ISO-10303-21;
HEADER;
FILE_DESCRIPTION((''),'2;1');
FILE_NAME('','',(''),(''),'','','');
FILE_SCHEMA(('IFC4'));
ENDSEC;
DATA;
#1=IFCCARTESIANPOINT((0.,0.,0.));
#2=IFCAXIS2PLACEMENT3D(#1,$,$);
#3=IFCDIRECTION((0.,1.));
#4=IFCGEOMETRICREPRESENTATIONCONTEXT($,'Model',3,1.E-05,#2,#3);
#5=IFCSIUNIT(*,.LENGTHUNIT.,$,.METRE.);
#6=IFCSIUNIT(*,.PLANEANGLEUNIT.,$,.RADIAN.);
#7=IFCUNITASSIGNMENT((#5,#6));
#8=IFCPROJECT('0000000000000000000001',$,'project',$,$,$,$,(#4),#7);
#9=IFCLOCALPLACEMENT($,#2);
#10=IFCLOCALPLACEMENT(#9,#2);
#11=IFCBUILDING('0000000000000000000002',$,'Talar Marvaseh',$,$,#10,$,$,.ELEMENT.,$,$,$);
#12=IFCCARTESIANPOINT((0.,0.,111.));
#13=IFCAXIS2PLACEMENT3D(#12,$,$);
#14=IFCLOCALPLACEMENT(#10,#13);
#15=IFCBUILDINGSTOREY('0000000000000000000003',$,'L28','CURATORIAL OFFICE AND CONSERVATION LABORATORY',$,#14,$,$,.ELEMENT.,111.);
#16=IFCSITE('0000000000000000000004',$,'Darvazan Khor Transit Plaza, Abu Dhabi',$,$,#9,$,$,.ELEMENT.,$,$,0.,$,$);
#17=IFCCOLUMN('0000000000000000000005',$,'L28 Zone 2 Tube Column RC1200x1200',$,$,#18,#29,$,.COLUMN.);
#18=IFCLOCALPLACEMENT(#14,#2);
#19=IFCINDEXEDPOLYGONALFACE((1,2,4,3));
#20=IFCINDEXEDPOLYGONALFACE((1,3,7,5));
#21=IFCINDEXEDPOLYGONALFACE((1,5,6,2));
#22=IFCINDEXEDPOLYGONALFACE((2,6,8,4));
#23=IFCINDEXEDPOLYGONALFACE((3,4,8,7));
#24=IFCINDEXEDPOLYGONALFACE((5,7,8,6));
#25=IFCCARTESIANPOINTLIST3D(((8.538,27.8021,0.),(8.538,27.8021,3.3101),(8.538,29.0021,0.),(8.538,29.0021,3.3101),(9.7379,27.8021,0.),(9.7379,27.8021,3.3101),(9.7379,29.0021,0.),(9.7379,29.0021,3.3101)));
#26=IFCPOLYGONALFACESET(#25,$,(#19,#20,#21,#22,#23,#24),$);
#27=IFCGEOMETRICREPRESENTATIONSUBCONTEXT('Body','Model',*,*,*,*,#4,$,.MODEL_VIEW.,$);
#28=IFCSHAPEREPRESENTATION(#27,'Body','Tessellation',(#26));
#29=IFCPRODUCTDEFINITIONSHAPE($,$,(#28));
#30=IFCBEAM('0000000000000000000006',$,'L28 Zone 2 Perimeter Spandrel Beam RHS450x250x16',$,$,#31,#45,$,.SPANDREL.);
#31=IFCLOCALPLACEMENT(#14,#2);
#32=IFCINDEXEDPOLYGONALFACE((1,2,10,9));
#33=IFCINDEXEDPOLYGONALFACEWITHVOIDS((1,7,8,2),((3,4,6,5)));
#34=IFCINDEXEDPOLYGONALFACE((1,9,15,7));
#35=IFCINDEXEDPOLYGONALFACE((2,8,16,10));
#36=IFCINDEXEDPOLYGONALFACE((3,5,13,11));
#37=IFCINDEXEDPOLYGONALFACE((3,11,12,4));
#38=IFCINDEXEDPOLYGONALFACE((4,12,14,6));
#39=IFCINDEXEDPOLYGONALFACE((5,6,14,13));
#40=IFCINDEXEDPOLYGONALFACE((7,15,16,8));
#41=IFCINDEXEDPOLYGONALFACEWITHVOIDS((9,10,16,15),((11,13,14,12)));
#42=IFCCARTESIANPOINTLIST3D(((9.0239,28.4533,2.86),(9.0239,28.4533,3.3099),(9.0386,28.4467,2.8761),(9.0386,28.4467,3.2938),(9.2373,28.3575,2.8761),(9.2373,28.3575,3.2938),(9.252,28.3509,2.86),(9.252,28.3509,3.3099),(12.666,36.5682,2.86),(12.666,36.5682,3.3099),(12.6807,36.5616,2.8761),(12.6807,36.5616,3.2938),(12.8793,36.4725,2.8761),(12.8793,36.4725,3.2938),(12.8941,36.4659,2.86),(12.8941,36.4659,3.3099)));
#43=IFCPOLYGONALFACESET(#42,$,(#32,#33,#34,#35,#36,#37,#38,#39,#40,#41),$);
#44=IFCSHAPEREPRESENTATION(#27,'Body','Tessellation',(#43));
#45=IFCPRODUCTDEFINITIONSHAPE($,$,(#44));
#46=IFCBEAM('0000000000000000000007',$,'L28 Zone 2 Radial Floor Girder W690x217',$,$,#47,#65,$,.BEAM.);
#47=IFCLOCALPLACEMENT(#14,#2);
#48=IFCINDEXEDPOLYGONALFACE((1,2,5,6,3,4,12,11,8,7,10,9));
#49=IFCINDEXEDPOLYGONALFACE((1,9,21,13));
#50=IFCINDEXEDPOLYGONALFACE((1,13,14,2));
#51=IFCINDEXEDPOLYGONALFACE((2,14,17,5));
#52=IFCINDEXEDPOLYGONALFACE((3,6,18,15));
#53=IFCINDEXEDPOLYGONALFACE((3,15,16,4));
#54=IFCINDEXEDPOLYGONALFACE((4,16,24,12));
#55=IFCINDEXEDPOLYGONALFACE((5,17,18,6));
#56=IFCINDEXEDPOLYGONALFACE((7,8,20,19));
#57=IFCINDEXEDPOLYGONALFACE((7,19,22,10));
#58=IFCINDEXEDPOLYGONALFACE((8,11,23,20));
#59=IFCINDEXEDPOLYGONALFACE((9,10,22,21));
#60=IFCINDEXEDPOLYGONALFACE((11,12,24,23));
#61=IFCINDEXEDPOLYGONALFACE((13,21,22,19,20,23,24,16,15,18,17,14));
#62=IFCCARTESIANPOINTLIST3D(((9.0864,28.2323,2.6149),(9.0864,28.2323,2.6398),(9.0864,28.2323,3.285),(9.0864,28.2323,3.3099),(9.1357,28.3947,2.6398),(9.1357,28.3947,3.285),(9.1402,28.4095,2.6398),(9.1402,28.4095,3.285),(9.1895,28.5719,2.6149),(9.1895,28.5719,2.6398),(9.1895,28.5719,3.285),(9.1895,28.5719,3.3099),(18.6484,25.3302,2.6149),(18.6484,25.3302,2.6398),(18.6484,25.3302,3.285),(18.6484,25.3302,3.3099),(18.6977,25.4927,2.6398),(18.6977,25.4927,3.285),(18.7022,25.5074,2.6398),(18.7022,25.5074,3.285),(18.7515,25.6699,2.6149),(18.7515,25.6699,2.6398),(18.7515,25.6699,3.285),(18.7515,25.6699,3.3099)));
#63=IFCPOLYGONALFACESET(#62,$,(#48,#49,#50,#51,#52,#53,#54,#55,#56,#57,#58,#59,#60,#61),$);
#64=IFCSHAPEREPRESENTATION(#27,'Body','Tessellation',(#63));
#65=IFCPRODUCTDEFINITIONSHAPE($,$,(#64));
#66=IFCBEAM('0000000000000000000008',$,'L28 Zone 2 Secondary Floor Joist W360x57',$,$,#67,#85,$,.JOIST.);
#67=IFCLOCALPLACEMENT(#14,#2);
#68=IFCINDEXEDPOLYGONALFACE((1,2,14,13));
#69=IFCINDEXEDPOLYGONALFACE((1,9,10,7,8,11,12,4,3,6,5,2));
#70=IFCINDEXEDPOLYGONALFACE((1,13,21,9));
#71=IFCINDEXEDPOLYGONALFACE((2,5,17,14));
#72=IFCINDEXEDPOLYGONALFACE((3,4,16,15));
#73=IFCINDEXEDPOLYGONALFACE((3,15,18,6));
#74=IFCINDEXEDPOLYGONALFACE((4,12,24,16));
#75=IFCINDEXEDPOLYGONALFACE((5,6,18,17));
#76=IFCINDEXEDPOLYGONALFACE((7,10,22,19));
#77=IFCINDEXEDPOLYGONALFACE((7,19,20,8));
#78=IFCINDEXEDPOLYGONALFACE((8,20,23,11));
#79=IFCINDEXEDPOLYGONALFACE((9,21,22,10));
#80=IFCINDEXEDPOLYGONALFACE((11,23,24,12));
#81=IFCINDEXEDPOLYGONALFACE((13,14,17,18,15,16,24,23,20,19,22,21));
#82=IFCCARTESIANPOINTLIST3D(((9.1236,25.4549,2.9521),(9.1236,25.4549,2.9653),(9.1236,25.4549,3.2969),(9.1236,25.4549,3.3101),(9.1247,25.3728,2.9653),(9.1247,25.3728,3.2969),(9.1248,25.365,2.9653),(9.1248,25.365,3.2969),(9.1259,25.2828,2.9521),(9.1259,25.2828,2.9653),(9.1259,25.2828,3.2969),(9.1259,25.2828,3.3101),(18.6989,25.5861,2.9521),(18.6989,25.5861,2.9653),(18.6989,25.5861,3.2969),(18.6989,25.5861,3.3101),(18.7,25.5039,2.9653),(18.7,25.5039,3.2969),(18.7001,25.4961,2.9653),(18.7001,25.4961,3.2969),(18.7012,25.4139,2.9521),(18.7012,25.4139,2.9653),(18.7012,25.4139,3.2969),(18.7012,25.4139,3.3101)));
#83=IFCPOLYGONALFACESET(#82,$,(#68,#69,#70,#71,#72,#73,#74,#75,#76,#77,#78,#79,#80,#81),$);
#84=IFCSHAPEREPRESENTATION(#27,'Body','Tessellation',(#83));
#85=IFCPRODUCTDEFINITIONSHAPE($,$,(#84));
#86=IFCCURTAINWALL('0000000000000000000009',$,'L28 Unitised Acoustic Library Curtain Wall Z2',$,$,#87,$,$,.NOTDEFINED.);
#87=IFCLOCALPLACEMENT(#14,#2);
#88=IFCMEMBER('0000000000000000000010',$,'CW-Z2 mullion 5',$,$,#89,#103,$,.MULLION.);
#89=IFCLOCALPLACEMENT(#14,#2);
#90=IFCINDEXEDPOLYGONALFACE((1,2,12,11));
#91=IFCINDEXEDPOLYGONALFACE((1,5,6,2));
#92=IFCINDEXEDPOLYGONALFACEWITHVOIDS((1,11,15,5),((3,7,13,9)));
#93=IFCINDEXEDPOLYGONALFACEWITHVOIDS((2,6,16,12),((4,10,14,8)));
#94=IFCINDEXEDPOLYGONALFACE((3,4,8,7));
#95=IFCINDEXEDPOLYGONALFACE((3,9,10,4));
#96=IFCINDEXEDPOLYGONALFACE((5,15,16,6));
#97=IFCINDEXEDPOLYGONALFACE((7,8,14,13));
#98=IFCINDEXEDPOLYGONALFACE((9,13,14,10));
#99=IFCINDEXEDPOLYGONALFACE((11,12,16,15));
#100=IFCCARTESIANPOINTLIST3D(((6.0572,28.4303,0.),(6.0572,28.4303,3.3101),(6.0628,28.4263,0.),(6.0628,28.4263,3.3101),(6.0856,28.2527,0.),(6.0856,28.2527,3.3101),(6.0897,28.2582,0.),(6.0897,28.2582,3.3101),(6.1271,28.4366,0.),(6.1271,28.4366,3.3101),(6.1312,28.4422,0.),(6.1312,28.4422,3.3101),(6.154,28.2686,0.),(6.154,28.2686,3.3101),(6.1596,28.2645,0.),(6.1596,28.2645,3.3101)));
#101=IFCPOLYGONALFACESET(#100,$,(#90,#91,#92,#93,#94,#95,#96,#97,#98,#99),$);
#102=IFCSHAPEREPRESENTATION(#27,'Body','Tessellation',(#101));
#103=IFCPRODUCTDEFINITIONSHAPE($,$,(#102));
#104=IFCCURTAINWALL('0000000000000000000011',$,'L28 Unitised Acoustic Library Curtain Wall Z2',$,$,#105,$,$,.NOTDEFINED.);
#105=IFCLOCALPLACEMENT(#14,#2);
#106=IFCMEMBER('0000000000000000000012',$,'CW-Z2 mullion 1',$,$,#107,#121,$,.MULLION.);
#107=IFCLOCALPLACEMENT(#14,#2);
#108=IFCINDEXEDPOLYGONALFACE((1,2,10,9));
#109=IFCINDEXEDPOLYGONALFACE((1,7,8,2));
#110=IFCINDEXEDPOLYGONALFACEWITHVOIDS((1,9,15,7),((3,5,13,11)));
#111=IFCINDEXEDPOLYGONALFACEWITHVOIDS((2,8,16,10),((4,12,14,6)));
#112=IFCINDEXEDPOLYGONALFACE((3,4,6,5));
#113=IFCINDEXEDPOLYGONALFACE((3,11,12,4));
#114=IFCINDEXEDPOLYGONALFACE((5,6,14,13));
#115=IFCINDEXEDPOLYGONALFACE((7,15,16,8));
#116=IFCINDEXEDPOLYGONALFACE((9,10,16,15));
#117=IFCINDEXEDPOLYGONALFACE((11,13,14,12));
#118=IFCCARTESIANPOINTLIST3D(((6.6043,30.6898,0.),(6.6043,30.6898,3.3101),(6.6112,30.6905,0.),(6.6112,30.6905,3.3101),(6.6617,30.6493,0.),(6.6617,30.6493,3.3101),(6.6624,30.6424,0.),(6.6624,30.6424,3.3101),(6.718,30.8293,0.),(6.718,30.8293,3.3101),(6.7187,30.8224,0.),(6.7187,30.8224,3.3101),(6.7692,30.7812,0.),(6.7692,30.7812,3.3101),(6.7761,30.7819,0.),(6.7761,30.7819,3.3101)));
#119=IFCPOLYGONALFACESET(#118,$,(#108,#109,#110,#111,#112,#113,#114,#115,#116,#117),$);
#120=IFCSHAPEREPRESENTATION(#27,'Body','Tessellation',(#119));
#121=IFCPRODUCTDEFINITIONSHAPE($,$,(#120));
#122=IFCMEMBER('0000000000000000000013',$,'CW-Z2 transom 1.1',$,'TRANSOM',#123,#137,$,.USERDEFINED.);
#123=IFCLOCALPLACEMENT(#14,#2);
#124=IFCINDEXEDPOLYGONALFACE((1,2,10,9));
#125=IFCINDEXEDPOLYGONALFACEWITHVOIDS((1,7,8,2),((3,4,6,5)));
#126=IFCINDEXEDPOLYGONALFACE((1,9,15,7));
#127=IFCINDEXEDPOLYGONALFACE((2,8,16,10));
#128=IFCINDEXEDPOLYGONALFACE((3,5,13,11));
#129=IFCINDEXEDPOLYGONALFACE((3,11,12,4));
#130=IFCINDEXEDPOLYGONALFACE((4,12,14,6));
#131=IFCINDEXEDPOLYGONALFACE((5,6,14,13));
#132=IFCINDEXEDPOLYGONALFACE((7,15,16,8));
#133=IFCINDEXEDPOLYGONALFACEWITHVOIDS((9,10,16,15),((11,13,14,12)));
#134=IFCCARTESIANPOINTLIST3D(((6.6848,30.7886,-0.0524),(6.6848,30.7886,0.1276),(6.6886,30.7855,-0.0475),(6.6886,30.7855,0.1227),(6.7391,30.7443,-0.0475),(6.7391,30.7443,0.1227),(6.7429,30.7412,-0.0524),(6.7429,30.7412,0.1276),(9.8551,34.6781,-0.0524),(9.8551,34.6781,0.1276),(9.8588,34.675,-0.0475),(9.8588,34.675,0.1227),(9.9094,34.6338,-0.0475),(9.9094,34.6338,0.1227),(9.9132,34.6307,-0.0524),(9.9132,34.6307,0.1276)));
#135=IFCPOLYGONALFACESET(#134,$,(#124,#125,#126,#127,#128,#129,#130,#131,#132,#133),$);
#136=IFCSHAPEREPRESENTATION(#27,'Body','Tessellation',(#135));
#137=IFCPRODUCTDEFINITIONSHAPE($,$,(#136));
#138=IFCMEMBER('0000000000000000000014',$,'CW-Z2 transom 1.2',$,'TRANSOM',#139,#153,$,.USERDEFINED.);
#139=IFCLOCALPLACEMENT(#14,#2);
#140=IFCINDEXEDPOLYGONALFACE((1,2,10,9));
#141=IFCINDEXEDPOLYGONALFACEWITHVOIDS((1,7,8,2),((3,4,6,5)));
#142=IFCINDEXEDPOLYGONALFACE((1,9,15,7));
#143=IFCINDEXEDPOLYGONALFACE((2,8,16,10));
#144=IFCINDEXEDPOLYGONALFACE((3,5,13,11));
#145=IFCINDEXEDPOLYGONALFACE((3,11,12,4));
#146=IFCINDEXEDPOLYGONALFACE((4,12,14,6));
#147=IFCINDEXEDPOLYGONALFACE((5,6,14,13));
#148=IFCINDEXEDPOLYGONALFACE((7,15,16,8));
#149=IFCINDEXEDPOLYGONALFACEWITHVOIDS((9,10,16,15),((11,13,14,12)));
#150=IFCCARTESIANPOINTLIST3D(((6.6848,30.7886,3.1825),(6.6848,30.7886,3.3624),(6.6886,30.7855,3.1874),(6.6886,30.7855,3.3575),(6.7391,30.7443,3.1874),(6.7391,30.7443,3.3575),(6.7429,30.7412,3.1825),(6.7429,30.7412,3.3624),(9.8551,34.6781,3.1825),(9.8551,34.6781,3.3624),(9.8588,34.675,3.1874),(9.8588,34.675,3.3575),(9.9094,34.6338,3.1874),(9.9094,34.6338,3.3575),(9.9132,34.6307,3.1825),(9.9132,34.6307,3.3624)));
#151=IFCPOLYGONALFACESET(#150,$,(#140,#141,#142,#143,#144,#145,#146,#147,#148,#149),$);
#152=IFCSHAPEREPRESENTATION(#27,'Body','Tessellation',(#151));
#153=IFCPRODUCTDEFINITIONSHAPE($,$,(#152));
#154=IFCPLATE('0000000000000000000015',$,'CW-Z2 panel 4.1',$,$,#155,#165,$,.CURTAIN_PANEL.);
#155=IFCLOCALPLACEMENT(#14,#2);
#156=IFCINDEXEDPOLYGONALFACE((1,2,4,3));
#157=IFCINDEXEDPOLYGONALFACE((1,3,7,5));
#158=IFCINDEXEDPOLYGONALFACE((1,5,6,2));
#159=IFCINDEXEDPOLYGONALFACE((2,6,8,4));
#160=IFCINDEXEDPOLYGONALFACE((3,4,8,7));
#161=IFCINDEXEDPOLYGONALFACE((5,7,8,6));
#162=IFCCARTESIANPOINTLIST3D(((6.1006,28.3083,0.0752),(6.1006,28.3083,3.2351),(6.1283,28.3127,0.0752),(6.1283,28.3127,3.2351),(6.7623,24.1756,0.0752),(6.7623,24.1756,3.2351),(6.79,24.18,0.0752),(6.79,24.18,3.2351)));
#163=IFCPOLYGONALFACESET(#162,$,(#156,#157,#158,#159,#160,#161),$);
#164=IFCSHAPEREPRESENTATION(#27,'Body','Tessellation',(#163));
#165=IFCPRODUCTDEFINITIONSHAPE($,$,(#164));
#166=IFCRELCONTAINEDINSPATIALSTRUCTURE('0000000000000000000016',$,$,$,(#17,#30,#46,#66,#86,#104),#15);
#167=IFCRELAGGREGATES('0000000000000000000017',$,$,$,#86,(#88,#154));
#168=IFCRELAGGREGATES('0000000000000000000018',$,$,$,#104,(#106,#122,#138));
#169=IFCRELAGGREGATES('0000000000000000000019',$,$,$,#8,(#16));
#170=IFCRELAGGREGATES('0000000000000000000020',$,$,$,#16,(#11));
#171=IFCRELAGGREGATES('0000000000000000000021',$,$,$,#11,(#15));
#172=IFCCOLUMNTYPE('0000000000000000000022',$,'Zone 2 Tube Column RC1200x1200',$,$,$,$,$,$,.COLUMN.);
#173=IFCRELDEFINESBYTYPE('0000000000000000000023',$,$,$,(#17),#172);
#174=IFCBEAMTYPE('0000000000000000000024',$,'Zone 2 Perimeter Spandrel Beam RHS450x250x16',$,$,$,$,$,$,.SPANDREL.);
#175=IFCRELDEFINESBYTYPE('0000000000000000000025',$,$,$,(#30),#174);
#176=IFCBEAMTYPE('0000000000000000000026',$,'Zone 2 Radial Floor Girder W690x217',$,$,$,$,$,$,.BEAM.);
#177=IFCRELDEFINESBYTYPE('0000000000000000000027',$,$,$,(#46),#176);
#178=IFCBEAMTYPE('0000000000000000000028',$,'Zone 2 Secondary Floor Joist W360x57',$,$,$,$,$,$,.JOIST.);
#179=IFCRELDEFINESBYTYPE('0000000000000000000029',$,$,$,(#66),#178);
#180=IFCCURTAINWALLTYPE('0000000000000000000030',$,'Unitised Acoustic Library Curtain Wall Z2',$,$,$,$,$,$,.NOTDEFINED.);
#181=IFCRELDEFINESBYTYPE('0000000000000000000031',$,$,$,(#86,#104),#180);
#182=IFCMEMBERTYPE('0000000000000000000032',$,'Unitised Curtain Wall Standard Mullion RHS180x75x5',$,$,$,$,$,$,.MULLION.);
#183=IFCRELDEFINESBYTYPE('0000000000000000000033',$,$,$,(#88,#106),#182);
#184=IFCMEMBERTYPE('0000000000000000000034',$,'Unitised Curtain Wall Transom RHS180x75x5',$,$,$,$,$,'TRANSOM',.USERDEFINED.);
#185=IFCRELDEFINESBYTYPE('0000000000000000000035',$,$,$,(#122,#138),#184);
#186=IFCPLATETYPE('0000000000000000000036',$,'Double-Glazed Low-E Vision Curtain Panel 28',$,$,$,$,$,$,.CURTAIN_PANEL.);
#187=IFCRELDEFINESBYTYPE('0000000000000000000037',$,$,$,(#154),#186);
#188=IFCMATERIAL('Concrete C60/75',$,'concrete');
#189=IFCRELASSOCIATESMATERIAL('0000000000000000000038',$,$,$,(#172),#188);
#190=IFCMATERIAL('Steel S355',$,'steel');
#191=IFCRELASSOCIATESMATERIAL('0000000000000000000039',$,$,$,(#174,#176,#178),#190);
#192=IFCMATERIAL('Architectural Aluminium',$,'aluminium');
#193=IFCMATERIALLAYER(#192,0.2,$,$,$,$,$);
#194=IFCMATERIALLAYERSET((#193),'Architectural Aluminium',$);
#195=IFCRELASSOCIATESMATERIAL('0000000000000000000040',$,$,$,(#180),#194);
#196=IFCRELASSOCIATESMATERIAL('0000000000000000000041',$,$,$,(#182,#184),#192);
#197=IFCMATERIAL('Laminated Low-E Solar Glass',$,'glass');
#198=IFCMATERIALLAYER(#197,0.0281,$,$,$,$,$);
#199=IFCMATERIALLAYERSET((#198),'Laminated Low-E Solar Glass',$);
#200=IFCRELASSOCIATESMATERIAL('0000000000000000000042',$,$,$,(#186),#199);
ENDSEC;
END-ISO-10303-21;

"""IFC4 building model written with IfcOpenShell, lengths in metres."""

from ifc_helpers import new_model, si_unit, direction, frame, origin, origin_2d, place, context, subcontext, project, spatial, rectangle, hollow_rectangle, i_section, extrude, source, transform, mapped, material, layer, layer_set, material_profile, profile_set, type_object, type_shapes, element, aggregate, save


model = new_model("IFC4")

# Units and contexts
model_context = context("Model", 3, precision=1e-05, world=origin(), true_north=direction((0.0, 1.0)))
body_context = subcontext(model_context, "Body", "Model", "MODEL_VIEW")
ifc_project = project(units=[si_unit("LENGTHUNIT", "METRE"), si_unit("PLANEANGLEUNIT", "RADIAN")], contexts=[model_context])

# Site, building, storey
site_placement = place(None, origin())
site = spatial("IfcSite", under=ifc_project, at=site_placement, Name="Darvazan Khor Transit Plaza, Abu Dhabi", CompositionType="ELEMENT", RefElevation=0.0)
building_placement = place(site_placement, origin())
building = spatial("IfcBuilding", under=site, at=building_placement, Name="Talar Marvaseh", CompositionType="ELEMENT")
storey_placement = place(building_placement, frame((0.0, 0.0, 111.0)))
storey = spatial("IfcBuildingStorey", under=building, at=storey_placement, Name="L28", Description="CURATORIAL OFFICE AND CONSERVATION LABORATORY", CompositionType="ELEMENT", Elevation=111.0)

# Column
ifc_material_1 = material(Name="Concrete C60/75", Category="concrete")
ifc_material_profile_1 = material_profile(ifc_material_1, rectangle(XDim=1.2, YDim=1.2, at=origin_2d()), Name="RC1200x1200")
ifc_profile_set_1 = profile_set([ifc_material_profile_1], Name="Concrete C60/75")
column_type = type_object("IfcColumnType", Name="Zone 2 Tube Column RC1200x1200", PredefinedType="COLUMN", material=ifc_profile_set_1)
column_placement = place(storey_placement, frame((9.1379, 28.4021, 0.0), z_axis=(0.0, 0.0, 1.0), x_axis=(1.0, 0.0, 0.0)))
element("IfcColumn", 1, at=column_placement, inside=storey, type_object=column_type, Name="L28 Zone 2 Tube Column RC1200x1200", PredefinedType="COLUMN", context=body_context, shape_type="SweptSolid", body=[
    extrude(rectangle(XDim=1.2, YDim=1.2, at=origin_2d()), origin(), (0.0, 0.0, 1.0), 3.3101),
])

# Beams
ifc_material_2 = material(Name="Steel S355", Category="steel")
ifc_material_profile_2 = material_profile(ifc_material_2, hollow_rectangle(XDim=0.25, YDim=0.45, WallThickness=0.0161, at=origin_2d()), Name="RHS450x250x16")
ifc_profile_set_2 = profile_set([ifc_material_profile_2], Name="Steel S355")
beam_type_1 = type_object("IfcBeamType", Name="Zone 2 Perimeter Spandrel Beam RHS450x250x16", PredefinedType="SPANDREL", material=ifc_profile_set_2)
beam_1_placement = place(storey_placement, frame((9.1379, 28.4021, 3.085), z_axis=(0.409462, 0.912327, 0.0), x_axis=(-0.912327, 0.409462, 0.0)))
element("IfcBeam", 2, at=beam_1_placement, inside=storey, type_object=beam_type_1, Name="L28 Zone 2 Perimeter Spandrel Beam RHS450x250x16", PredefinedType="SPANDREL", context=body_context, shape_type="SweptSolid", body=[
    extrude(hollow_rectangle(XDim=0.25, YDim=0.45, WallThickness=0.0161, at=origin_2d()), origin(), (0.0, 0.0, 1.0), 8.8948),
])
ifc_material_profile_3 = material_profile(ifc_material_2, i_section(OverallWidth=0.355, OverallDepth=0.6951, WebThickness=0.0154, FlangeThickness=0.0249, at=origin_2d()), Name="W690x217")
ifc_profile_set_3 = profile_set([ifc_material_profile_3], Name="Steel S355")
beam_type_2 = type_object("IfcBeamType", Name="Zone 2 Radial Floor Girder W690x217", PredefinedType="BEAM", material=ifc_profile_set_3)
beam_2_placement = place(storey_placement, frame((9.1379, 28.4021, 2.9624), z_axis=(0.956899, -0.290422, 0.0), x_axis=(0.290422, 0.956899, 0.0)))
element("IfcBeam", 3, at=beam_2_placement, inside=storey, type_object=beam_type_2, Name="L28 Zone 2 Radial Floor Girder W690x217", PredefinedType="BEAM", context=body_context, shape_type="SweptSolid", body=[
    extrude(i_section(OverallWidth=0.355, OverallDepth=0.6951, WebThickness=0.0154, FlangeThickness=0.0249, at=origin_2d()), origin(), (0.0, 0.0, 1.0), 9.9927),
])
ifc_material_profile_4 = material_profile(ifc_material_2, i_section(OverallWidth=0.1721, OverallDepth=0.3579, WebThickness=0.0078, FlangeThickness=0.0132, at=origin_2d()), Name="W360x57")
ifc_profile_set_4 = profile_set([ifc_material_profile_4], Name="Steel S355")
beam_type_3 = type_object("IfcBeamType", Name="Zone 2 Secondary Floor Joist W360x57", PredefinedType="JOIST", material=ifc_profile_set_4)
beam_3_placement = place(storey_placement, frame((9.1248, 25.3689, 3.1311), z_axis=(0.999906, 0.013691, 0.0), x_axis=(-0.013691, 0.999906, 0.0)))
element("IfcBeam", 4, at=beam_3_placement, inside=storey, type_object=beam_type_3, Name="L28 Zone 2 Secondary Floor Joist W360x57", PredefinedType="JOIST", context=body_context, shape_type="SweptSolid", body=[
    extrude(i_section(OverallWidth=0.1721, OverallDepth=0.3579, WebThickness=0.0078, FlangeThickness=0.0132, at=origin_2d()), origin(), (0.0, 0.0, 1.0), 9.5762),
])

# Curtain wall, member
ifc_material_3 = material(Name="Architectural Aluminium", Category="aluminium")
ifc_layer_1 = layer(ifc_material_3, 0.2)
ifc_layer_set_1 = layer_set([ifc_layer_1], Name="Architectural Aluminium")
curtain_wall_type = type_object("IfcCurtainWallType", Name="Unitised Acoustic Library Curtain Wall Z2", PredefinedType="NOTDEFINED", material=ifc_layer_set_1)
curtain_wall_1_placement = place(storey_placement, origin())
curtain_wall_1 = element("IfcCurtainWall", 5, at=curtain_wall_1_placement, inside=storey, type_object=curtain_wall_type, Name="L28 Unitised Acoustic Library Curtain Wall Z2", PredefinedType="NOTDEFINED")
ifc_material_profile_5 = material_profile(ifc_material_3, hollow_rectangle(XDim=0.075, YDim=0.1799, WallThickness=0.0049, at=origin_2d()), Name="RHS180x75x5")
ifc_profile_set_5 = profile_set([ifc_material_profile_5], Name="Architectural Aluminium")
member_type_1 = type_object("IfcMemberType", Name="Unitised Curtain Wall Standard Mullion RHS180x75x5", PredefinedType="MULLION", material=ifc_profile_set_5)
shared_shape_1 = source(origin(), body_context, "Body", "SweptSolid", [
    extrude(hollow_rectangle(XDim=0.075, YDim=0.1799, WallThickness=0.0049, at=origin_2d()), origin(), (0.0, 0.0, 1.0), 3.3101),
])
type_shapes(member_type_1, [shared_shape_1])
member_1_placement = place(storey_placement, frame((6.1084, 28.3474, 0.0), z_axis=(0.0, 0.0, 1.0), x_axis=(-0.987424, -0.158095, 0.0)))
member_1 = element("IfcMember", 6, at=member_1_placement, type_object=member_type_1, Name="CW-Z2 mullion 5", PredefinedType="MULLION", context=body_context, shape_type="MappedRepresentation", body=[
    mapped(shared_shape_1, transform((0.0, 0.0, 0.0), x_axis=(1.0, 0.0, 0.0), y_axis=(0.0, 1.0, 0.0), z_axis=(0.0, 0.0, 1.0), scale=1.0)),
])

# Curtain wall, members
curtain_wall_2_placement = place(storey_placement, origin())
curtain_wall_2 = element("IfcCurtainWall", 7, at=curtain_wall_2_placement, inside=storey, type_object=curtain_wall_type, Name="L28 Unitised Acoustic Library Curtain Wall Z2", PredefinedType="NOTDEFINED")
member_2_placement = place(storey_placement, frame((6.6902, 30.7358, 0.0), z_axis=(0.0, 0.0, 1.0), x_axis=(-0.775146, 0.631782, 0.0)))
member_2 = element("IfcMember", 8, at=member_2_placement, type_object=member_type_1, Name="CW-Z2 mullion 1", PredefinedType="MULLION", context=body_context, shape_type="MappedRepresentation", body=[
    mapped(shared_shape_1, transform((0.0, 0.0, 0.0), x_axis=(1.0, 0.0, 0.0), y_axis=(0.0, 1.0, 0.0), z_axis=(0.0, 0.0, 1.0), scale=1.0)),
])
ifc_material_profile_6 = material_profile(ifc_material_3, hollow_rectangle(XDim=0.075, YDim=0.1799, WallThickness=0.0049, at=origin_2d()), Name="RHS180x75x5")
ifc_profile_set_6 = profile_set([ifc_material_profile_6], Name="Architectural Aluminium")
member_type_2 = type_object("IfcMemberType", Name="Unitised Curtain Wall Transom RHS180x75x5", ElementType="TRANSOM", PredefinedType="USERDEFINED", material=ifc_profile_set_6)
shared_shape_2 = source(origin(), body_context, "Body", "SweptSolid", [
    extrude(hollow_rectangle(XDim=0.075, YDim=0.1799, WallThickness=0.0049, at=origin_2d()), origin(), (0.0, 0.0, 1.0), 5.0178),
])
type_shapes(member_type_2, [shared_shape_2])
member_3_placement = place(storey_placement, frame((6.7139, 30.7649, 0.0376), z_axis=(0.631795, 0.775135, 0.0), x_axis=(-0.775135, 0.631795, 0.0)))
member_3 = element("IfcMember", 9, at=member_3_placement, type_object=member_type_2, Name="CW-Z2 transom 1.1", ObjectType="TRANSOM", PredefinedType="USERDEFINED", context=body_context, shape_type="MappedRepresentation", body=[
    mapped(shared_shape_2, transform((0.0, 0.0, 0.0), x_axis=(1.0, 0.0, 0.0), y_axis=(0.0, 1.0, 0.0), z_axis=(0.0, 0.0, 1.0), scale=1.0)),
])
member_4_placement = place(storey_placement, frame((6.7139, 30.7649, 3.2725), z_axis=(0.631795, 0.775135, 0.0), x_axis=(-0.775135, 0.631795, 0.0)))
member_4 = element("IfcMember", 10, at=member_4_placement, type_object=member_type_2, Name="CW-Z2 transom 1.2", ObjectType="TRANSOM", PredefinedType="USERDEFINED", context=body_context, shape_type="MappedRepresentation", body=[
    mapped(shared_shape_2, transform((0.0, 0.0, 0.0), x_axis=(1.0, 0.0, 0.0), y_axis=(0.0, 1.0, 0.0), z_axis=(0.0, 0.0, 1.0), scale=1.0)),
])

# Plate
ifc_material_4 = material(Name="Laminated Low-E Solar Glass", Category="glass")
ifc_layer_2 = layer(ifc_material_4, 0.0281)
ifc_layer_set_2 = layer_set([ifc_layer_2], Name="Laminated Low-E Solar Glass")
plate_type = type_object("IfcPlateType", Name="Double-Glazed Low-E Vision Curtain Panel 28", PredefinedType="CURTAIN_PANEL", material=ifc_layer_set_2)
shared_shape_3 = source(origin(), body_context, "Body", "SweptSolid", [
    extrude(rectangle(XDim=4.1853, YDim=0.0281, at=origin_2d()), origin(), (0.0, 0.0, 1.0), 3.1599),
])
plate_1_placement = place(storey_placement, frame((6.4453, 26.2441, 0.0752), z_axis=(0.0, 0.0, 1.0), x_axis=(-0.158095, 0.987424, 0.0)))
plate_1 = element("IfcPlate", 11, at=plate_1_placement, type_object=plate_type, Name="CW-Z2 panel 4.1", PredefinedType="CURTAIN_PANEL", context=body_context, shape_type="MappedRepresentation", body=[
    mapped(shared_shape_3, transform((0.0, 0.0, 0.0), x_axis=(1.0, 0.0, 0.0), y_axis=(0.0, 1.0, 0.0), z_axis=(0.0, 0.0, 1.0), scale=1.0)),
])
aggregate(curtain_wall_1, [member_1, plate_1])
aggregate(curtain_wall_2, [member_2, member_3, member_4])

save(model, "model.ifc")
